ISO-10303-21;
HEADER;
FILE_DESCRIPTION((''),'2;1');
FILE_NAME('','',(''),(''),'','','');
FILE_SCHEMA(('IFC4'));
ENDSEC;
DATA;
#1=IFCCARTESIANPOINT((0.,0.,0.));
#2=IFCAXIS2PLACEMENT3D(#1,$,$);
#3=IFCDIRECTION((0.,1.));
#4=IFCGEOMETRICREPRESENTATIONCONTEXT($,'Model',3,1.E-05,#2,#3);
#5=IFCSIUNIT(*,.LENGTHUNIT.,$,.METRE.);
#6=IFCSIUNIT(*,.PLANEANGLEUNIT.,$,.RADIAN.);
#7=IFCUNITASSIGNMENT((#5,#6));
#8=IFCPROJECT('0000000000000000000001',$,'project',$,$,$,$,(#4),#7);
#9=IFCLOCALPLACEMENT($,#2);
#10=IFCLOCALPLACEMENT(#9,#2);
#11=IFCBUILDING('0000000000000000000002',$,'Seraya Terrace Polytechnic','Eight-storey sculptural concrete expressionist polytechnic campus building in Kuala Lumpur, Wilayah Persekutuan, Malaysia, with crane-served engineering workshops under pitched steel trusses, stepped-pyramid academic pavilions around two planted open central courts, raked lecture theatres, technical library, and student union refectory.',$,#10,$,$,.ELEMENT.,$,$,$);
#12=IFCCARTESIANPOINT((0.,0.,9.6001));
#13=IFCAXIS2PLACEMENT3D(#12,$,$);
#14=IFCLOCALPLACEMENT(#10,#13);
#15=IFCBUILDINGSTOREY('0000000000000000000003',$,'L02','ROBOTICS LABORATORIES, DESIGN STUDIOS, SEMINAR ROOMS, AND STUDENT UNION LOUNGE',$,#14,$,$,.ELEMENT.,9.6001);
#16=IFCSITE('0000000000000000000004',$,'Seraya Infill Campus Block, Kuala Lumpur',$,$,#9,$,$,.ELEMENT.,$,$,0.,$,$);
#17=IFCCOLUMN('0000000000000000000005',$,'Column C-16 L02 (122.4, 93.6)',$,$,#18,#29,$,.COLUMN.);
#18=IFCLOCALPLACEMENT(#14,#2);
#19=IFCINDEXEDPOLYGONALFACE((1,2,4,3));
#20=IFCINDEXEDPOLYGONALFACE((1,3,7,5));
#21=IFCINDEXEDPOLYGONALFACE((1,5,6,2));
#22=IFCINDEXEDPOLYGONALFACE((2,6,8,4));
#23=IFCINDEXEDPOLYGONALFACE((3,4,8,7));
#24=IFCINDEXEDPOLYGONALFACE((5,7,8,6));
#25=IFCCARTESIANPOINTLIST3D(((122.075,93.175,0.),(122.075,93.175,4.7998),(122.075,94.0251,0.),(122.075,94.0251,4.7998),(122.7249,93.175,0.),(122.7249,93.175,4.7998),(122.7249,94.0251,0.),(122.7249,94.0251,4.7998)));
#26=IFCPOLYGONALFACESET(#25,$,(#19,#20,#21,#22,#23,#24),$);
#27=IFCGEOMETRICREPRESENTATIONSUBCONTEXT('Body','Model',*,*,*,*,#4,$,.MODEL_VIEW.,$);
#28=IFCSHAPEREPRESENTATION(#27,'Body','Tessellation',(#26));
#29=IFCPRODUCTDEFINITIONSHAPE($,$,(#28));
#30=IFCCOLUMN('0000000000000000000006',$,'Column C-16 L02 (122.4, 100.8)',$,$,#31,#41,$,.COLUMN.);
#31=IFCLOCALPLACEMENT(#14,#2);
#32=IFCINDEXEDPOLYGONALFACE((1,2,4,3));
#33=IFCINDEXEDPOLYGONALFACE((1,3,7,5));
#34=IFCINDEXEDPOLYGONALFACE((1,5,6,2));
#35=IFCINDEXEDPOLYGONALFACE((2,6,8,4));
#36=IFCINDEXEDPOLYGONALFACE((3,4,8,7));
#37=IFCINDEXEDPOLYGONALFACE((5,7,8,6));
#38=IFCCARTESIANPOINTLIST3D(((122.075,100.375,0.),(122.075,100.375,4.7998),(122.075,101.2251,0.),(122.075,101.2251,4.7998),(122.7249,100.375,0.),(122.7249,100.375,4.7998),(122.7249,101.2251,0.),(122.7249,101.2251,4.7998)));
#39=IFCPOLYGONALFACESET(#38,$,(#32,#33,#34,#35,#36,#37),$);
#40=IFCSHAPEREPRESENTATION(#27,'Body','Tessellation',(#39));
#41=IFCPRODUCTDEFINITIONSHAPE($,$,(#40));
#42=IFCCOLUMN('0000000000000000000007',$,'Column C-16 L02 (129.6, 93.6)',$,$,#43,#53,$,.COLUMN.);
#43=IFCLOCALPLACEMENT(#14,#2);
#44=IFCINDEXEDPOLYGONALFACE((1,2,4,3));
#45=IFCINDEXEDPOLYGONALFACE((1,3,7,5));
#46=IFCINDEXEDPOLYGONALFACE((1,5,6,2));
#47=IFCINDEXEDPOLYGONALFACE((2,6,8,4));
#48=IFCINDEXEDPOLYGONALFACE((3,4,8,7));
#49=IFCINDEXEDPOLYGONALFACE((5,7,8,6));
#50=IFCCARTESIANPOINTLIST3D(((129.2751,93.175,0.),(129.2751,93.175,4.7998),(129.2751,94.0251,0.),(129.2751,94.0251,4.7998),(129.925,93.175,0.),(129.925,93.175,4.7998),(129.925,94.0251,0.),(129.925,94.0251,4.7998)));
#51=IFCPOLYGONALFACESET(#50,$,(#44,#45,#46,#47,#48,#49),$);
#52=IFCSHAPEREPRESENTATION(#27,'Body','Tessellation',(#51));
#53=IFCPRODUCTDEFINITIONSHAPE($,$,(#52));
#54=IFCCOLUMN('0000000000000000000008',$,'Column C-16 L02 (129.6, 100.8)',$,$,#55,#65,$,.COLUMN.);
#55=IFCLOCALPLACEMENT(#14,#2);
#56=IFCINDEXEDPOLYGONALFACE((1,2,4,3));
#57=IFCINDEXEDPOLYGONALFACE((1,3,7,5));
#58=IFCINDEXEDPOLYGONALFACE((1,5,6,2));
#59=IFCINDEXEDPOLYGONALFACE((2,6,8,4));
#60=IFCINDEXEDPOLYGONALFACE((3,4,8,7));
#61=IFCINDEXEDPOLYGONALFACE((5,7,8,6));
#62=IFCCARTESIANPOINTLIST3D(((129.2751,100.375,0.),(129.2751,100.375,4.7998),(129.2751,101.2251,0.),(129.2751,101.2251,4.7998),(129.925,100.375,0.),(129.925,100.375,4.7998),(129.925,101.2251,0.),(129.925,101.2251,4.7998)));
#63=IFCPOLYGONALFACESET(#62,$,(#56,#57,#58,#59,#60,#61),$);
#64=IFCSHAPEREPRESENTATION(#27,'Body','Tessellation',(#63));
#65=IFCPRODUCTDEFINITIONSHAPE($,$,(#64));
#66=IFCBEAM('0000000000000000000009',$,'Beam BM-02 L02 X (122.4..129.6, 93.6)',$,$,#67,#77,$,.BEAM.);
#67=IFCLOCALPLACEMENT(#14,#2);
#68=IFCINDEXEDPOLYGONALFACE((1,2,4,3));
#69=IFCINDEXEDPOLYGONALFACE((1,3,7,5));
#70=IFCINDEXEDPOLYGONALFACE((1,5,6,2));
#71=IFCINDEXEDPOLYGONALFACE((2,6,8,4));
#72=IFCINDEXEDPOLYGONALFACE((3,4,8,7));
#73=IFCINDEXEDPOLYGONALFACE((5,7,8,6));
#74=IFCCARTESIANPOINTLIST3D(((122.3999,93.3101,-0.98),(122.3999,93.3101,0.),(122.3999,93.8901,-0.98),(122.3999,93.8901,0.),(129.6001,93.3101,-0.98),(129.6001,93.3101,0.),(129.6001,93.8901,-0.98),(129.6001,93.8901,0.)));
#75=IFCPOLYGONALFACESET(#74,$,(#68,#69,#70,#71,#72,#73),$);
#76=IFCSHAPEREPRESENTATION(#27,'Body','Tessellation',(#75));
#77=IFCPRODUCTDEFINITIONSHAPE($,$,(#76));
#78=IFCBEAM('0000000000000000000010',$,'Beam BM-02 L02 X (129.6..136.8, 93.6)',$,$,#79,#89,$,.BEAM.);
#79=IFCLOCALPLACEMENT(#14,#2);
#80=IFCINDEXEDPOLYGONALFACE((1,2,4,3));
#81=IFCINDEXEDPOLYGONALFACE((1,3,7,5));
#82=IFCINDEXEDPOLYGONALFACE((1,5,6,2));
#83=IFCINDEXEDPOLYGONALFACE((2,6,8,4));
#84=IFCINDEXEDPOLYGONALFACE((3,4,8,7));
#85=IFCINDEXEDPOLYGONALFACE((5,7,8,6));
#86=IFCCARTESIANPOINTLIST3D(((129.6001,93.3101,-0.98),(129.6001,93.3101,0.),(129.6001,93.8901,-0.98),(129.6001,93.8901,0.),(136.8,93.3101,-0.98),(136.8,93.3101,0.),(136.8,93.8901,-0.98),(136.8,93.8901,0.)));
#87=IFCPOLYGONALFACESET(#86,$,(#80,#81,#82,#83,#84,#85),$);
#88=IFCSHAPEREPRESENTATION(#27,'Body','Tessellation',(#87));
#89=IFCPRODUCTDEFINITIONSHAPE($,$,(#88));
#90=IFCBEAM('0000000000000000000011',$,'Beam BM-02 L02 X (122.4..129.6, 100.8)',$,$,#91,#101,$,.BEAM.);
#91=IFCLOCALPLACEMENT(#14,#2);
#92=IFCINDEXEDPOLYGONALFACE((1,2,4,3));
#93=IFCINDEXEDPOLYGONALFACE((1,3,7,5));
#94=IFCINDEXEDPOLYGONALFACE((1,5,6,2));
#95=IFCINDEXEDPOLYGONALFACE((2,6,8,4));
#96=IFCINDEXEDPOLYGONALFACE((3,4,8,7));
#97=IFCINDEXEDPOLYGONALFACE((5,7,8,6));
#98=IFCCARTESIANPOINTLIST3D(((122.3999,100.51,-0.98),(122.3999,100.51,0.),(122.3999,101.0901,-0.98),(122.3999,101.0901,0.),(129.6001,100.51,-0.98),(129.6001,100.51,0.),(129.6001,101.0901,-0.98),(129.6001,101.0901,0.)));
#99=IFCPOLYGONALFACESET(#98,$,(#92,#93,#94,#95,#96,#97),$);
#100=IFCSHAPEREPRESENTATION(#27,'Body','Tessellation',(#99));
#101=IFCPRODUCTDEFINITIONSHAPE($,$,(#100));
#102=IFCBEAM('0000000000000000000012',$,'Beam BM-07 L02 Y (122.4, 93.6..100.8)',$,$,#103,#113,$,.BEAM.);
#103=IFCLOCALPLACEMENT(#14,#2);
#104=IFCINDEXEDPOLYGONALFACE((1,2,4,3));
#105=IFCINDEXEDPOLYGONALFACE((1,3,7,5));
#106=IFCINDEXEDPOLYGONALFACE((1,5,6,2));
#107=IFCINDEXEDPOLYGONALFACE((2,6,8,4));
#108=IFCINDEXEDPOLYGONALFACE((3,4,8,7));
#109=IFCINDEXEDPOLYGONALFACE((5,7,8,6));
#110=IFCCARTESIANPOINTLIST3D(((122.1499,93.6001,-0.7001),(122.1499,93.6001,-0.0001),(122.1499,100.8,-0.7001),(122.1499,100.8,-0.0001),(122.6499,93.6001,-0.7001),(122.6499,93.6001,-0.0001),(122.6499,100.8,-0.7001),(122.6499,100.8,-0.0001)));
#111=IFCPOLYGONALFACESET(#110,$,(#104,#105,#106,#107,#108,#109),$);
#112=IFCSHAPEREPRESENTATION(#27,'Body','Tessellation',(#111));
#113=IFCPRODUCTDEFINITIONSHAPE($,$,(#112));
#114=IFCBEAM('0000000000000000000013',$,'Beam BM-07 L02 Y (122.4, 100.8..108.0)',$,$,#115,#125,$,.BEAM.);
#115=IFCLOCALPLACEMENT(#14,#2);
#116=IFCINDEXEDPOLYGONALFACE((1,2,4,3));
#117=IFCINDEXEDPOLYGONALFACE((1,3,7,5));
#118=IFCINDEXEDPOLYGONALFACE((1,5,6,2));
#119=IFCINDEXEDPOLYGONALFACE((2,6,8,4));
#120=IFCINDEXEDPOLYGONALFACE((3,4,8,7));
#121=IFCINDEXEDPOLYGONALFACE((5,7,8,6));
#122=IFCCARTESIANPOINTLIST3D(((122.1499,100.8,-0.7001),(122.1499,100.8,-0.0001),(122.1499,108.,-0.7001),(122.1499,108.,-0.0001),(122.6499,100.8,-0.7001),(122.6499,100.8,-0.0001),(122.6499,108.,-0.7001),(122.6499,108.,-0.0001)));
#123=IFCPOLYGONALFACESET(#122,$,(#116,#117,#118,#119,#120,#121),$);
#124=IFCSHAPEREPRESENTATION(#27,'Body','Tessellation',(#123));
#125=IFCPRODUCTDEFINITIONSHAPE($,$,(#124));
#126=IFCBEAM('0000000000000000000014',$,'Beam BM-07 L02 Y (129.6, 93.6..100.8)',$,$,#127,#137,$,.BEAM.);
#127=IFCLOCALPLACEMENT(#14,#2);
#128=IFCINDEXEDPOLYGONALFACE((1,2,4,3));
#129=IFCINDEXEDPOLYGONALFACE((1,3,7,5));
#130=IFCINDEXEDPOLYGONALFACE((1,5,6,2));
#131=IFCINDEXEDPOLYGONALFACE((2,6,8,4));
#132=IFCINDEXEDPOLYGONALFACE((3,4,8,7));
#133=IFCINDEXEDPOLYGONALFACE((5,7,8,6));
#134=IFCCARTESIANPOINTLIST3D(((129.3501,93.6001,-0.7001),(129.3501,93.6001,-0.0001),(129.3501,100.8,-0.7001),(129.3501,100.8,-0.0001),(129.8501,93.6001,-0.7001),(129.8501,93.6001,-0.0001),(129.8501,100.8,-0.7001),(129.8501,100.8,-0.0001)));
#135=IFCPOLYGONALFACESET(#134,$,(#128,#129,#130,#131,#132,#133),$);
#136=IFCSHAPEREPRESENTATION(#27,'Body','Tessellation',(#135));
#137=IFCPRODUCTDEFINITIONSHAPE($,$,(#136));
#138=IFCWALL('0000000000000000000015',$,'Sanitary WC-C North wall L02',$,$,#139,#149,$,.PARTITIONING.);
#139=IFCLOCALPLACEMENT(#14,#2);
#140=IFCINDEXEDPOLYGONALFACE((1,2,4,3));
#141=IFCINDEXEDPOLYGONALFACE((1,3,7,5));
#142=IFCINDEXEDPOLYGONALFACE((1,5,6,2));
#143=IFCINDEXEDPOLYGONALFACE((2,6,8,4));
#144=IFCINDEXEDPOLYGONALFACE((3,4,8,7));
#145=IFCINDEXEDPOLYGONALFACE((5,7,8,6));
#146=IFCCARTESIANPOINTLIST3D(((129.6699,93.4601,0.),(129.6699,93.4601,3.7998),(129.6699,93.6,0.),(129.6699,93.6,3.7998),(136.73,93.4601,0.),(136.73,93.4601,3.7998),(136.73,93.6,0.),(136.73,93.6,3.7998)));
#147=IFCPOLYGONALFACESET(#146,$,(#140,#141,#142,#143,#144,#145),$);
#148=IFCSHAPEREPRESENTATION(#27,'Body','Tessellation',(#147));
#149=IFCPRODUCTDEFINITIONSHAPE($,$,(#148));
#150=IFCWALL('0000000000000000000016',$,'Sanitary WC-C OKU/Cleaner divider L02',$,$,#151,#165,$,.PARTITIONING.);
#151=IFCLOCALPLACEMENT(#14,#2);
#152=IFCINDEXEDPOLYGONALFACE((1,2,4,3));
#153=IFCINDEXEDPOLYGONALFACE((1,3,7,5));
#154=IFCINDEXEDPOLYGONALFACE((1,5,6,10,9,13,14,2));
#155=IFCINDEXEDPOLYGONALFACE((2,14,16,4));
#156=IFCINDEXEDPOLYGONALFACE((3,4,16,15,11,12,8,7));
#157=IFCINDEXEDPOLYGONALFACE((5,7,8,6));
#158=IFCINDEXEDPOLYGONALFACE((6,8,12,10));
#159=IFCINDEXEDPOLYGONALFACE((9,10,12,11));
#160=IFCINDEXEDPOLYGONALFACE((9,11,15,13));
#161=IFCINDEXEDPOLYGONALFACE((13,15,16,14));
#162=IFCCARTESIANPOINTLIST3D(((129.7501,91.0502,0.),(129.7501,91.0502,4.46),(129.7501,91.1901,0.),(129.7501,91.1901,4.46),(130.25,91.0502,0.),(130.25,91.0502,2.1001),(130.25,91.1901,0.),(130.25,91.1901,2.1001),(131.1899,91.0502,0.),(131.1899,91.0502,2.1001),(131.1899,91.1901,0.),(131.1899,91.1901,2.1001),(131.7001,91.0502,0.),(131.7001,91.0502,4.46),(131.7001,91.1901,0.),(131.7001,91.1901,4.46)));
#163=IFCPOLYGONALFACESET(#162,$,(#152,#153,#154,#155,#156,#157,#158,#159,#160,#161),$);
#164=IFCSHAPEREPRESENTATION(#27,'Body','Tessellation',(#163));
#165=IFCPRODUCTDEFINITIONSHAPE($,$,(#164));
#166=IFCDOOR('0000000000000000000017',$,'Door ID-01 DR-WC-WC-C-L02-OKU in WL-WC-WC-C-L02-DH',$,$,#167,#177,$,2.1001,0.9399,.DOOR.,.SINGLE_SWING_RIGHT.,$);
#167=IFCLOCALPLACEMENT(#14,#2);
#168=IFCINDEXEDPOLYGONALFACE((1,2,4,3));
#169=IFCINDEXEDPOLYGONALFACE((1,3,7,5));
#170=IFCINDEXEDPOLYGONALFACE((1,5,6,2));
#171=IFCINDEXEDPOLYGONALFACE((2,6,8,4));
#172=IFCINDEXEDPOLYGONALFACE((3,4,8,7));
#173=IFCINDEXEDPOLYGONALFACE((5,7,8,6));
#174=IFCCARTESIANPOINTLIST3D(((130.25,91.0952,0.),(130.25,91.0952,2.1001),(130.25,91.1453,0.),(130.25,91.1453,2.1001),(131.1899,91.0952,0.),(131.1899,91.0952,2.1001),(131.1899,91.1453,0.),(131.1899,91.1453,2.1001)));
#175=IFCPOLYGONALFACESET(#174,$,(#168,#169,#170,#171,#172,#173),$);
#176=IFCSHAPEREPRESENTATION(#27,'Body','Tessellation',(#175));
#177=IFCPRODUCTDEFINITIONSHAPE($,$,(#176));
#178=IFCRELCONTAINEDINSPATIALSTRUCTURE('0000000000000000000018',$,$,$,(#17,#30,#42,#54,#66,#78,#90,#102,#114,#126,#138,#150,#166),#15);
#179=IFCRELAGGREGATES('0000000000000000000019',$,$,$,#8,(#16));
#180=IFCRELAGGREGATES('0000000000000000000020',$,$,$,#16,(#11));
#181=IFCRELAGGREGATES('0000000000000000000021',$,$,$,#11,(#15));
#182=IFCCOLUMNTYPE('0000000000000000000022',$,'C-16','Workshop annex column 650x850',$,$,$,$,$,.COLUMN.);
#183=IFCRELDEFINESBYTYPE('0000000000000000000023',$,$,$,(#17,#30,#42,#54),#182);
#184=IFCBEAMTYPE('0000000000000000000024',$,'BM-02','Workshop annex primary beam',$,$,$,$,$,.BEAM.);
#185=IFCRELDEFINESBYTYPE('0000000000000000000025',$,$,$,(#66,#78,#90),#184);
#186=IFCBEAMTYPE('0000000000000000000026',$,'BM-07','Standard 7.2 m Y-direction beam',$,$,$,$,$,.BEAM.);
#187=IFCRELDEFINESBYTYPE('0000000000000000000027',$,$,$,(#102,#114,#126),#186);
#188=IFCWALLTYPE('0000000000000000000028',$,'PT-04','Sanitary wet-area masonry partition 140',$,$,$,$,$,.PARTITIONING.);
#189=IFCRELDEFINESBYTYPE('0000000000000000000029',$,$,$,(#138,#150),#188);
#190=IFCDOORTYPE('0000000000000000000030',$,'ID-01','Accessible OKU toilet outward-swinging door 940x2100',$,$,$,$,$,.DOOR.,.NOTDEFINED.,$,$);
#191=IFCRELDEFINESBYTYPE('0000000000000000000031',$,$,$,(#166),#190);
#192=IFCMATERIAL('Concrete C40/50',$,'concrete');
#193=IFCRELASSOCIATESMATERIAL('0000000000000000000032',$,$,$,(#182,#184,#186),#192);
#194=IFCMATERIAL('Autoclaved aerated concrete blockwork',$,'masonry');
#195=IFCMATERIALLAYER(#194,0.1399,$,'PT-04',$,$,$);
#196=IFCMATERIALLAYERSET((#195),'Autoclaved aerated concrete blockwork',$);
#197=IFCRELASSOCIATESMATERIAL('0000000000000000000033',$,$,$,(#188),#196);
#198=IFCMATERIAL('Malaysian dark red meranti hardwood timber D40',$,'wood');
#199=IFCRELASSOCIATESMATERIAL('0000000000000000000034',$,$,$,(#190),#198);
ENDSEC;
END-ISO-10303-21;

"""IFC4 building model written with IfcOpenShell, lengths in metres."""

from ifc_helpers import new_model, si_unit, direction, frame, frame_2d, origin, origin_2d, place, context, subcontext, project, spatial, rectangle, extrude, material, layer, layer_set, material_profile, profile_set, type_object, element, fill, save


model = new_model("IFC4")

# Units and contexts
model_context = context("Model", 3, precision=1e-05, world=origin(), true_north=direction((0.0, 1.0)))
body_context = subcontext(model_context, "Body", "Model", "MODEL_VIEW")
ifc_project = project(units=[si_unit("LENGTHUNIT", "METRE"), si_unit("PLANEANGLEUNIT", "RADIAN")], contexts=[model_context])

# Site, building, storey
site_placement = place(None, origin())
site = spatial("IfcSite", under=ifc_project, at=site_placement, Name="Seraya Infill Campus Block, Kuala Lumpur", CompositionType="ELEMENT", RefElevation=0.0)
building_placement = place(site_placement, origin())
building = spatial("IfcBuilding", under=site, at=building_placement, Name="Seraya Terrace Polytechnic", Description="Eight-storey sculptural concrete expressionist polytechnic campus building in Kuala Lumpur, Wilayah Persekutuan, Malaysia, with crane-served engineering workshops under pitched steel trusses, stepped-pyramid academic pavilions around two planted open central courts, raked lecture theatres, technical library, and student union refectory.", CompositionType="ELEMENT")
storey_placement = place(building_placement, frame((0.0, 0.0, 9.6001)))
storey = spatial("IfcBuildingStorey", under=building, at=storey_placement, Name="L02", Description="ROBOTICS LABORATORIES, DESIGN STUDIOS, SEMINAR ROOMS, AND STUDENT UNION LOUNGE", CompositionType="ELEMENT", Elevation=9.6001)

# Columns
ifc_material_1 = material(Name="Concrete C40/50", Category="concrete")
ifc_material_profile_1 = material_profile(ifc_material_1, rectangle(XDim=0.6499, YDim=0.8501, at=origin_2d()), Name="RC 650x850")
ifc_profile_set_1 = profile_set([ifc_material_profile_1], Name="Concrete C40/50")
column_type = type_object("IfcColumnType", Name="C-16", Description="Workshop annex column 650x850", PredefinedType="COLUMN", material=ifc_profile_set_1)
for number, where, z_axis, x_axis, name in (
    (1, (122.3999, 93.6001, 0.0), (0.0, 0.0, 1.0), (1.0, 0.0, 0.0), "Column C-16 L02 (122.4, 93.6)"),
    (2, (122.3999, 100.8, 0.0), (0.0, 0.0, 1.0), (1.0, 0.0, 0.0), "Column C-16 L02 (122.4, 100.8)"),
    (3, (129.6001, 93.6001, 0.0), (0.0, 0.0, 1.0), (1.0, 0.0, 0.0), "Column C-16 L02 (129.6, 93.6)"),
    (4, (129.6001, 100.8, 0.0), (0.0, 0.0, 1.0), (1.0, 0.0, 0.0), "Column C-16 L02 (129.6, 100.8)"),
):
    element("IfcColumn", number, at=place(storey_placement, frame(where, z_axis=z_axis, x_axis=x_axis)), inside=storey, type_object=column_type, Name=name, PredefinedType="COLUMN", context=body_context, shape_type="SweptSolid", body=[
        extrude(rectangle(XDim=0.6499, YDim=0.8501, at=origin_2d()), origin(), (0.0, 0.0, 1.0), 4.7998),
    ])

# Beams
ifc_material_profile_2 = material_profile(ifc_material_1, rectangle(XDim=0.5801, YDim=0.98, at=origin_2d()), Name="RC 580x980")
ifc_profile_set_2 = profile_set([ifc_material_profile_2], Name="Concrete C40/50")
beam_type_1 = type_object("IfcBeamType", Name="BM-02", Description="Workshop annex primary beam", PredefinedType="BEAM", material=ifc_profile_set_2)
beam_1_placement = place(storey_placement, frame((122.3999, 93.6001, -0.49), z_axis=(1.0, 0.0, 0.0), x_axis=(0.0, 1.0, 0.0)))
element("IfcBeam", 5, at=beam_1_placement, inside=storey, type_object=beam_type_1, Name="Beam BM-02 L02 X (122.4..129.6, 93.6)", PredefinedType="BEAM", context=body_context, shape_type="SweptSolid", body=[
    extrude(rectangle(XDim=0.5801, YDim=0.98, at=origin_2d()), origin(), (0.0, 0.0, 1.0), 7.2002),
])
beam_2_placement = place(storey_placement, frame((129.6001, 93.6001, -0.49), z_axis=(1.0, 0.0, 0.0), x_axis=(0.0, 1.0, 0.0)))
element("IfcBeam", 6, at=beam_2_placement, inside=storey, type_object=beam_type_1, Name="Beam BM-02 L02 X (129.6..136.8, 93.6)", PredefinedType="BEAM", context=body_context, shape_type="SweptSolid", body=[
    extrude(rectangle(XDim=0.5801, YDim=0.98, at=origin_2d()), origin(), (0.0, 0.0, 1.0), 7.2),
])
beam_3_placement = place(storey_placement, frame((122.3999, 100.8, -0.49), z_axis=(1.0, 0.0, 0.0), x_axis=(0.0, 1.0, 0.0)))
element("IfcBeam", 7, at=beam_3_placement, inside=storey, type_object=beam_type_1, Name="Beam BM-02 L02 X (122.4..129.6, 100.8)", PredefinedType="BEAM", context=body_context, shape_type="SweptSolid", body=[
    extrude(rectangle(XDim=0.5801, YDim=0.98, at=origin_2d()), origin(), (0.0, 0.0, 1.0), 7.2002),
])
ifc_material_profile_3 = material_profile(ifc_material_1, rectangle(XDim=0.5, YDim=0.7, at=origin_2d()), Name="RC 500x700")
ifc_profile_set_3 = profile_set([ifc_material_profile_3], Name="Concrete C40/50")
beam_type_2 = type_object("IfcBeamType", Name="BM-07", Description="Standard 7.2 m Y-direction beam", PredefinedType="BEAM", material=ifc_profile_set_3)
for number, where, z_axis, x_axis, name in (
    (8, (122.3999, 93.6001, -0.3501), (0.0, 1.0, 0.0), (-1.0, 0.0, 0.0), "Beam BM-07 L02 Y (122.4, 93.6..100.8)"),
    (9, (122.3999, 100.8, -0.3501), (0.0, 1.0, 0.0), (-1.0, 0.0, 0.0), "Beam BM-07 L02 Y (122.4, 100.8..108.0)"),
    (10, (129.6001, 93.6001, -0.3501), (0.0, 1.0, 0.0), (-1.0, 0.0, 0.0), "Beam BM-07 L02 Y (129.6, 93.6..100.8)"),
):
    element("IfcBeam", number, at=place(storey_placement, frame(where, z_axis=z_axis, x_axis=x_axis)), inside=storey, type_object=beam_type_2, Name=name, PredefinedType="BEAM", context=body_context, shape_type="SweptSolid", body=[
        extrude(rectangle(XDim=0.5, YDim=0.7, at=origin_2d()), origin(), (0.0, 0.0, 1.0), 7.2),
    ])

# Wall
ifc_material_2 = material(Name="Autoclaved aerated concrete blockwork", Category="masonry")
ifc_layer_1 = layer(ifc_material_2, 0.1399, Name="PT-04")
ifc_layer_set_1 = layer_set([ifc_layer_1], Name="Autoclaved aerated concrete blockwork")
wall_type_1 = type_object("IfcWallType", Name="PT-04", Description="Sanitary wet-area masonry partition 140", PredefinedType="PARTITIONING", material=ifc_layer_set_1)
wall_1_placement = place(storey_placement, frame((129.6699, 93.53, 0.0), z_axis=(0.0, 0.0, 1.0), x_axis=(1.0, 0.0, 0.0)))
element("IfcWall", 11, at=wall_1_placement, inside=storey, type_object=wall_type_1, Name="Sanitary WC-C North wall L02", PredefinedType="PARTITIONING", context=body_context, shape_type="SweptSolid", body=[
    extrude(rectangle(XDim=7.0601, YDim=0.1399, at=frame_2d((3.53, 0.0))), origin(), (0.0, 0.0, 1.0), 3.7998),
])

# Wall, opening, door
wall_2_placement = place(storey_placement, frame((129.75, 91.1201, 0.0), z_axis=(0.0, 0.0, 1.0), x_axis=(1.0, 0.0, 0.0)))
wall_2 = element("IfcWall", 12, at=wall_2_placement, inside=storey, type_object=wall_type_1, Name="Sanitary WC-C OKU/Cleaner divider L02", PredefinedType="PARTITIONING", context=body_context, shape_type="SweptSolid", body=[
    extrude(rectangle(XDim=1.95, YDim=0.1399, at=frame_2d((0.9751, 0.0))), origin(), (0.0, 0.0, 1.0), 4.46),
])
opening_1_placement = place(wall_2_placement, frame((0.5, 0.0, 0.0)))
opening_1 = element("IfcOpeningElement", 13, at=opening_1_placement, cuts=wall_2, PredefinedType="OPENING", context=body_context, shape_type="SweptSolid", body=[
    extrude(rectangle(XDim=0.9399, YDim=2.1001, at=frame_2d((0.47, 1.05))), frame((0.0, 0.082, 0.0), z_axis=(0.0, -1.0, 0.0), x_axis=(1.0, 0.0, 0.0)), (0.0, 0.0, 1.0), 0.1638),
])
ifc_material_3 = material(Name="Malaysian dark red meranti hardwood timber D40", Category="wood")
door_type_1 = type_object("IfcDoorType", Name="ID-01", Description="Accessible OKU toilet outward-swinging door 940x2100", OperationType="NOTDEFINED", PredefinedType="DOOR", material=ifc_material_3)
door_1_placement = place(opening_1_placement, frame((0.9399, 0.0, 0.0), z_axis=(0.0, 0.0, 1.0), x_axis=(-1.0, 0.0, 0.0)))
door_1 = element("IfcDoor", 14, at=door_1_placement, inside=storey, type_object=door_type_1, Name="Door ID-01 DR-WC-WC-C-L02-OKU in WL-WC-WC-C-L02-DH", OperationType="SINGLE_SWING_RIGHT", OverallHeight=2.1001, OverallWidth=0.9399, PredefinedType="DOOR", context=body_context, shape_type="SweptSolid", body=[
    extrude(rectangle(XDim=0.9399, YDim=2.1001, at=frame_2d((0.47, 1.05))), frame((0.0, 0.0249, 0.0), z_axis=(0.0, -1.0, 0.0), x_axis=(1.0, 0.0, 0.0)), (0.0, 0.0, 1.0), 0.05),
])
fill(opening_1, door_1)

save(model, "model.ifc")
